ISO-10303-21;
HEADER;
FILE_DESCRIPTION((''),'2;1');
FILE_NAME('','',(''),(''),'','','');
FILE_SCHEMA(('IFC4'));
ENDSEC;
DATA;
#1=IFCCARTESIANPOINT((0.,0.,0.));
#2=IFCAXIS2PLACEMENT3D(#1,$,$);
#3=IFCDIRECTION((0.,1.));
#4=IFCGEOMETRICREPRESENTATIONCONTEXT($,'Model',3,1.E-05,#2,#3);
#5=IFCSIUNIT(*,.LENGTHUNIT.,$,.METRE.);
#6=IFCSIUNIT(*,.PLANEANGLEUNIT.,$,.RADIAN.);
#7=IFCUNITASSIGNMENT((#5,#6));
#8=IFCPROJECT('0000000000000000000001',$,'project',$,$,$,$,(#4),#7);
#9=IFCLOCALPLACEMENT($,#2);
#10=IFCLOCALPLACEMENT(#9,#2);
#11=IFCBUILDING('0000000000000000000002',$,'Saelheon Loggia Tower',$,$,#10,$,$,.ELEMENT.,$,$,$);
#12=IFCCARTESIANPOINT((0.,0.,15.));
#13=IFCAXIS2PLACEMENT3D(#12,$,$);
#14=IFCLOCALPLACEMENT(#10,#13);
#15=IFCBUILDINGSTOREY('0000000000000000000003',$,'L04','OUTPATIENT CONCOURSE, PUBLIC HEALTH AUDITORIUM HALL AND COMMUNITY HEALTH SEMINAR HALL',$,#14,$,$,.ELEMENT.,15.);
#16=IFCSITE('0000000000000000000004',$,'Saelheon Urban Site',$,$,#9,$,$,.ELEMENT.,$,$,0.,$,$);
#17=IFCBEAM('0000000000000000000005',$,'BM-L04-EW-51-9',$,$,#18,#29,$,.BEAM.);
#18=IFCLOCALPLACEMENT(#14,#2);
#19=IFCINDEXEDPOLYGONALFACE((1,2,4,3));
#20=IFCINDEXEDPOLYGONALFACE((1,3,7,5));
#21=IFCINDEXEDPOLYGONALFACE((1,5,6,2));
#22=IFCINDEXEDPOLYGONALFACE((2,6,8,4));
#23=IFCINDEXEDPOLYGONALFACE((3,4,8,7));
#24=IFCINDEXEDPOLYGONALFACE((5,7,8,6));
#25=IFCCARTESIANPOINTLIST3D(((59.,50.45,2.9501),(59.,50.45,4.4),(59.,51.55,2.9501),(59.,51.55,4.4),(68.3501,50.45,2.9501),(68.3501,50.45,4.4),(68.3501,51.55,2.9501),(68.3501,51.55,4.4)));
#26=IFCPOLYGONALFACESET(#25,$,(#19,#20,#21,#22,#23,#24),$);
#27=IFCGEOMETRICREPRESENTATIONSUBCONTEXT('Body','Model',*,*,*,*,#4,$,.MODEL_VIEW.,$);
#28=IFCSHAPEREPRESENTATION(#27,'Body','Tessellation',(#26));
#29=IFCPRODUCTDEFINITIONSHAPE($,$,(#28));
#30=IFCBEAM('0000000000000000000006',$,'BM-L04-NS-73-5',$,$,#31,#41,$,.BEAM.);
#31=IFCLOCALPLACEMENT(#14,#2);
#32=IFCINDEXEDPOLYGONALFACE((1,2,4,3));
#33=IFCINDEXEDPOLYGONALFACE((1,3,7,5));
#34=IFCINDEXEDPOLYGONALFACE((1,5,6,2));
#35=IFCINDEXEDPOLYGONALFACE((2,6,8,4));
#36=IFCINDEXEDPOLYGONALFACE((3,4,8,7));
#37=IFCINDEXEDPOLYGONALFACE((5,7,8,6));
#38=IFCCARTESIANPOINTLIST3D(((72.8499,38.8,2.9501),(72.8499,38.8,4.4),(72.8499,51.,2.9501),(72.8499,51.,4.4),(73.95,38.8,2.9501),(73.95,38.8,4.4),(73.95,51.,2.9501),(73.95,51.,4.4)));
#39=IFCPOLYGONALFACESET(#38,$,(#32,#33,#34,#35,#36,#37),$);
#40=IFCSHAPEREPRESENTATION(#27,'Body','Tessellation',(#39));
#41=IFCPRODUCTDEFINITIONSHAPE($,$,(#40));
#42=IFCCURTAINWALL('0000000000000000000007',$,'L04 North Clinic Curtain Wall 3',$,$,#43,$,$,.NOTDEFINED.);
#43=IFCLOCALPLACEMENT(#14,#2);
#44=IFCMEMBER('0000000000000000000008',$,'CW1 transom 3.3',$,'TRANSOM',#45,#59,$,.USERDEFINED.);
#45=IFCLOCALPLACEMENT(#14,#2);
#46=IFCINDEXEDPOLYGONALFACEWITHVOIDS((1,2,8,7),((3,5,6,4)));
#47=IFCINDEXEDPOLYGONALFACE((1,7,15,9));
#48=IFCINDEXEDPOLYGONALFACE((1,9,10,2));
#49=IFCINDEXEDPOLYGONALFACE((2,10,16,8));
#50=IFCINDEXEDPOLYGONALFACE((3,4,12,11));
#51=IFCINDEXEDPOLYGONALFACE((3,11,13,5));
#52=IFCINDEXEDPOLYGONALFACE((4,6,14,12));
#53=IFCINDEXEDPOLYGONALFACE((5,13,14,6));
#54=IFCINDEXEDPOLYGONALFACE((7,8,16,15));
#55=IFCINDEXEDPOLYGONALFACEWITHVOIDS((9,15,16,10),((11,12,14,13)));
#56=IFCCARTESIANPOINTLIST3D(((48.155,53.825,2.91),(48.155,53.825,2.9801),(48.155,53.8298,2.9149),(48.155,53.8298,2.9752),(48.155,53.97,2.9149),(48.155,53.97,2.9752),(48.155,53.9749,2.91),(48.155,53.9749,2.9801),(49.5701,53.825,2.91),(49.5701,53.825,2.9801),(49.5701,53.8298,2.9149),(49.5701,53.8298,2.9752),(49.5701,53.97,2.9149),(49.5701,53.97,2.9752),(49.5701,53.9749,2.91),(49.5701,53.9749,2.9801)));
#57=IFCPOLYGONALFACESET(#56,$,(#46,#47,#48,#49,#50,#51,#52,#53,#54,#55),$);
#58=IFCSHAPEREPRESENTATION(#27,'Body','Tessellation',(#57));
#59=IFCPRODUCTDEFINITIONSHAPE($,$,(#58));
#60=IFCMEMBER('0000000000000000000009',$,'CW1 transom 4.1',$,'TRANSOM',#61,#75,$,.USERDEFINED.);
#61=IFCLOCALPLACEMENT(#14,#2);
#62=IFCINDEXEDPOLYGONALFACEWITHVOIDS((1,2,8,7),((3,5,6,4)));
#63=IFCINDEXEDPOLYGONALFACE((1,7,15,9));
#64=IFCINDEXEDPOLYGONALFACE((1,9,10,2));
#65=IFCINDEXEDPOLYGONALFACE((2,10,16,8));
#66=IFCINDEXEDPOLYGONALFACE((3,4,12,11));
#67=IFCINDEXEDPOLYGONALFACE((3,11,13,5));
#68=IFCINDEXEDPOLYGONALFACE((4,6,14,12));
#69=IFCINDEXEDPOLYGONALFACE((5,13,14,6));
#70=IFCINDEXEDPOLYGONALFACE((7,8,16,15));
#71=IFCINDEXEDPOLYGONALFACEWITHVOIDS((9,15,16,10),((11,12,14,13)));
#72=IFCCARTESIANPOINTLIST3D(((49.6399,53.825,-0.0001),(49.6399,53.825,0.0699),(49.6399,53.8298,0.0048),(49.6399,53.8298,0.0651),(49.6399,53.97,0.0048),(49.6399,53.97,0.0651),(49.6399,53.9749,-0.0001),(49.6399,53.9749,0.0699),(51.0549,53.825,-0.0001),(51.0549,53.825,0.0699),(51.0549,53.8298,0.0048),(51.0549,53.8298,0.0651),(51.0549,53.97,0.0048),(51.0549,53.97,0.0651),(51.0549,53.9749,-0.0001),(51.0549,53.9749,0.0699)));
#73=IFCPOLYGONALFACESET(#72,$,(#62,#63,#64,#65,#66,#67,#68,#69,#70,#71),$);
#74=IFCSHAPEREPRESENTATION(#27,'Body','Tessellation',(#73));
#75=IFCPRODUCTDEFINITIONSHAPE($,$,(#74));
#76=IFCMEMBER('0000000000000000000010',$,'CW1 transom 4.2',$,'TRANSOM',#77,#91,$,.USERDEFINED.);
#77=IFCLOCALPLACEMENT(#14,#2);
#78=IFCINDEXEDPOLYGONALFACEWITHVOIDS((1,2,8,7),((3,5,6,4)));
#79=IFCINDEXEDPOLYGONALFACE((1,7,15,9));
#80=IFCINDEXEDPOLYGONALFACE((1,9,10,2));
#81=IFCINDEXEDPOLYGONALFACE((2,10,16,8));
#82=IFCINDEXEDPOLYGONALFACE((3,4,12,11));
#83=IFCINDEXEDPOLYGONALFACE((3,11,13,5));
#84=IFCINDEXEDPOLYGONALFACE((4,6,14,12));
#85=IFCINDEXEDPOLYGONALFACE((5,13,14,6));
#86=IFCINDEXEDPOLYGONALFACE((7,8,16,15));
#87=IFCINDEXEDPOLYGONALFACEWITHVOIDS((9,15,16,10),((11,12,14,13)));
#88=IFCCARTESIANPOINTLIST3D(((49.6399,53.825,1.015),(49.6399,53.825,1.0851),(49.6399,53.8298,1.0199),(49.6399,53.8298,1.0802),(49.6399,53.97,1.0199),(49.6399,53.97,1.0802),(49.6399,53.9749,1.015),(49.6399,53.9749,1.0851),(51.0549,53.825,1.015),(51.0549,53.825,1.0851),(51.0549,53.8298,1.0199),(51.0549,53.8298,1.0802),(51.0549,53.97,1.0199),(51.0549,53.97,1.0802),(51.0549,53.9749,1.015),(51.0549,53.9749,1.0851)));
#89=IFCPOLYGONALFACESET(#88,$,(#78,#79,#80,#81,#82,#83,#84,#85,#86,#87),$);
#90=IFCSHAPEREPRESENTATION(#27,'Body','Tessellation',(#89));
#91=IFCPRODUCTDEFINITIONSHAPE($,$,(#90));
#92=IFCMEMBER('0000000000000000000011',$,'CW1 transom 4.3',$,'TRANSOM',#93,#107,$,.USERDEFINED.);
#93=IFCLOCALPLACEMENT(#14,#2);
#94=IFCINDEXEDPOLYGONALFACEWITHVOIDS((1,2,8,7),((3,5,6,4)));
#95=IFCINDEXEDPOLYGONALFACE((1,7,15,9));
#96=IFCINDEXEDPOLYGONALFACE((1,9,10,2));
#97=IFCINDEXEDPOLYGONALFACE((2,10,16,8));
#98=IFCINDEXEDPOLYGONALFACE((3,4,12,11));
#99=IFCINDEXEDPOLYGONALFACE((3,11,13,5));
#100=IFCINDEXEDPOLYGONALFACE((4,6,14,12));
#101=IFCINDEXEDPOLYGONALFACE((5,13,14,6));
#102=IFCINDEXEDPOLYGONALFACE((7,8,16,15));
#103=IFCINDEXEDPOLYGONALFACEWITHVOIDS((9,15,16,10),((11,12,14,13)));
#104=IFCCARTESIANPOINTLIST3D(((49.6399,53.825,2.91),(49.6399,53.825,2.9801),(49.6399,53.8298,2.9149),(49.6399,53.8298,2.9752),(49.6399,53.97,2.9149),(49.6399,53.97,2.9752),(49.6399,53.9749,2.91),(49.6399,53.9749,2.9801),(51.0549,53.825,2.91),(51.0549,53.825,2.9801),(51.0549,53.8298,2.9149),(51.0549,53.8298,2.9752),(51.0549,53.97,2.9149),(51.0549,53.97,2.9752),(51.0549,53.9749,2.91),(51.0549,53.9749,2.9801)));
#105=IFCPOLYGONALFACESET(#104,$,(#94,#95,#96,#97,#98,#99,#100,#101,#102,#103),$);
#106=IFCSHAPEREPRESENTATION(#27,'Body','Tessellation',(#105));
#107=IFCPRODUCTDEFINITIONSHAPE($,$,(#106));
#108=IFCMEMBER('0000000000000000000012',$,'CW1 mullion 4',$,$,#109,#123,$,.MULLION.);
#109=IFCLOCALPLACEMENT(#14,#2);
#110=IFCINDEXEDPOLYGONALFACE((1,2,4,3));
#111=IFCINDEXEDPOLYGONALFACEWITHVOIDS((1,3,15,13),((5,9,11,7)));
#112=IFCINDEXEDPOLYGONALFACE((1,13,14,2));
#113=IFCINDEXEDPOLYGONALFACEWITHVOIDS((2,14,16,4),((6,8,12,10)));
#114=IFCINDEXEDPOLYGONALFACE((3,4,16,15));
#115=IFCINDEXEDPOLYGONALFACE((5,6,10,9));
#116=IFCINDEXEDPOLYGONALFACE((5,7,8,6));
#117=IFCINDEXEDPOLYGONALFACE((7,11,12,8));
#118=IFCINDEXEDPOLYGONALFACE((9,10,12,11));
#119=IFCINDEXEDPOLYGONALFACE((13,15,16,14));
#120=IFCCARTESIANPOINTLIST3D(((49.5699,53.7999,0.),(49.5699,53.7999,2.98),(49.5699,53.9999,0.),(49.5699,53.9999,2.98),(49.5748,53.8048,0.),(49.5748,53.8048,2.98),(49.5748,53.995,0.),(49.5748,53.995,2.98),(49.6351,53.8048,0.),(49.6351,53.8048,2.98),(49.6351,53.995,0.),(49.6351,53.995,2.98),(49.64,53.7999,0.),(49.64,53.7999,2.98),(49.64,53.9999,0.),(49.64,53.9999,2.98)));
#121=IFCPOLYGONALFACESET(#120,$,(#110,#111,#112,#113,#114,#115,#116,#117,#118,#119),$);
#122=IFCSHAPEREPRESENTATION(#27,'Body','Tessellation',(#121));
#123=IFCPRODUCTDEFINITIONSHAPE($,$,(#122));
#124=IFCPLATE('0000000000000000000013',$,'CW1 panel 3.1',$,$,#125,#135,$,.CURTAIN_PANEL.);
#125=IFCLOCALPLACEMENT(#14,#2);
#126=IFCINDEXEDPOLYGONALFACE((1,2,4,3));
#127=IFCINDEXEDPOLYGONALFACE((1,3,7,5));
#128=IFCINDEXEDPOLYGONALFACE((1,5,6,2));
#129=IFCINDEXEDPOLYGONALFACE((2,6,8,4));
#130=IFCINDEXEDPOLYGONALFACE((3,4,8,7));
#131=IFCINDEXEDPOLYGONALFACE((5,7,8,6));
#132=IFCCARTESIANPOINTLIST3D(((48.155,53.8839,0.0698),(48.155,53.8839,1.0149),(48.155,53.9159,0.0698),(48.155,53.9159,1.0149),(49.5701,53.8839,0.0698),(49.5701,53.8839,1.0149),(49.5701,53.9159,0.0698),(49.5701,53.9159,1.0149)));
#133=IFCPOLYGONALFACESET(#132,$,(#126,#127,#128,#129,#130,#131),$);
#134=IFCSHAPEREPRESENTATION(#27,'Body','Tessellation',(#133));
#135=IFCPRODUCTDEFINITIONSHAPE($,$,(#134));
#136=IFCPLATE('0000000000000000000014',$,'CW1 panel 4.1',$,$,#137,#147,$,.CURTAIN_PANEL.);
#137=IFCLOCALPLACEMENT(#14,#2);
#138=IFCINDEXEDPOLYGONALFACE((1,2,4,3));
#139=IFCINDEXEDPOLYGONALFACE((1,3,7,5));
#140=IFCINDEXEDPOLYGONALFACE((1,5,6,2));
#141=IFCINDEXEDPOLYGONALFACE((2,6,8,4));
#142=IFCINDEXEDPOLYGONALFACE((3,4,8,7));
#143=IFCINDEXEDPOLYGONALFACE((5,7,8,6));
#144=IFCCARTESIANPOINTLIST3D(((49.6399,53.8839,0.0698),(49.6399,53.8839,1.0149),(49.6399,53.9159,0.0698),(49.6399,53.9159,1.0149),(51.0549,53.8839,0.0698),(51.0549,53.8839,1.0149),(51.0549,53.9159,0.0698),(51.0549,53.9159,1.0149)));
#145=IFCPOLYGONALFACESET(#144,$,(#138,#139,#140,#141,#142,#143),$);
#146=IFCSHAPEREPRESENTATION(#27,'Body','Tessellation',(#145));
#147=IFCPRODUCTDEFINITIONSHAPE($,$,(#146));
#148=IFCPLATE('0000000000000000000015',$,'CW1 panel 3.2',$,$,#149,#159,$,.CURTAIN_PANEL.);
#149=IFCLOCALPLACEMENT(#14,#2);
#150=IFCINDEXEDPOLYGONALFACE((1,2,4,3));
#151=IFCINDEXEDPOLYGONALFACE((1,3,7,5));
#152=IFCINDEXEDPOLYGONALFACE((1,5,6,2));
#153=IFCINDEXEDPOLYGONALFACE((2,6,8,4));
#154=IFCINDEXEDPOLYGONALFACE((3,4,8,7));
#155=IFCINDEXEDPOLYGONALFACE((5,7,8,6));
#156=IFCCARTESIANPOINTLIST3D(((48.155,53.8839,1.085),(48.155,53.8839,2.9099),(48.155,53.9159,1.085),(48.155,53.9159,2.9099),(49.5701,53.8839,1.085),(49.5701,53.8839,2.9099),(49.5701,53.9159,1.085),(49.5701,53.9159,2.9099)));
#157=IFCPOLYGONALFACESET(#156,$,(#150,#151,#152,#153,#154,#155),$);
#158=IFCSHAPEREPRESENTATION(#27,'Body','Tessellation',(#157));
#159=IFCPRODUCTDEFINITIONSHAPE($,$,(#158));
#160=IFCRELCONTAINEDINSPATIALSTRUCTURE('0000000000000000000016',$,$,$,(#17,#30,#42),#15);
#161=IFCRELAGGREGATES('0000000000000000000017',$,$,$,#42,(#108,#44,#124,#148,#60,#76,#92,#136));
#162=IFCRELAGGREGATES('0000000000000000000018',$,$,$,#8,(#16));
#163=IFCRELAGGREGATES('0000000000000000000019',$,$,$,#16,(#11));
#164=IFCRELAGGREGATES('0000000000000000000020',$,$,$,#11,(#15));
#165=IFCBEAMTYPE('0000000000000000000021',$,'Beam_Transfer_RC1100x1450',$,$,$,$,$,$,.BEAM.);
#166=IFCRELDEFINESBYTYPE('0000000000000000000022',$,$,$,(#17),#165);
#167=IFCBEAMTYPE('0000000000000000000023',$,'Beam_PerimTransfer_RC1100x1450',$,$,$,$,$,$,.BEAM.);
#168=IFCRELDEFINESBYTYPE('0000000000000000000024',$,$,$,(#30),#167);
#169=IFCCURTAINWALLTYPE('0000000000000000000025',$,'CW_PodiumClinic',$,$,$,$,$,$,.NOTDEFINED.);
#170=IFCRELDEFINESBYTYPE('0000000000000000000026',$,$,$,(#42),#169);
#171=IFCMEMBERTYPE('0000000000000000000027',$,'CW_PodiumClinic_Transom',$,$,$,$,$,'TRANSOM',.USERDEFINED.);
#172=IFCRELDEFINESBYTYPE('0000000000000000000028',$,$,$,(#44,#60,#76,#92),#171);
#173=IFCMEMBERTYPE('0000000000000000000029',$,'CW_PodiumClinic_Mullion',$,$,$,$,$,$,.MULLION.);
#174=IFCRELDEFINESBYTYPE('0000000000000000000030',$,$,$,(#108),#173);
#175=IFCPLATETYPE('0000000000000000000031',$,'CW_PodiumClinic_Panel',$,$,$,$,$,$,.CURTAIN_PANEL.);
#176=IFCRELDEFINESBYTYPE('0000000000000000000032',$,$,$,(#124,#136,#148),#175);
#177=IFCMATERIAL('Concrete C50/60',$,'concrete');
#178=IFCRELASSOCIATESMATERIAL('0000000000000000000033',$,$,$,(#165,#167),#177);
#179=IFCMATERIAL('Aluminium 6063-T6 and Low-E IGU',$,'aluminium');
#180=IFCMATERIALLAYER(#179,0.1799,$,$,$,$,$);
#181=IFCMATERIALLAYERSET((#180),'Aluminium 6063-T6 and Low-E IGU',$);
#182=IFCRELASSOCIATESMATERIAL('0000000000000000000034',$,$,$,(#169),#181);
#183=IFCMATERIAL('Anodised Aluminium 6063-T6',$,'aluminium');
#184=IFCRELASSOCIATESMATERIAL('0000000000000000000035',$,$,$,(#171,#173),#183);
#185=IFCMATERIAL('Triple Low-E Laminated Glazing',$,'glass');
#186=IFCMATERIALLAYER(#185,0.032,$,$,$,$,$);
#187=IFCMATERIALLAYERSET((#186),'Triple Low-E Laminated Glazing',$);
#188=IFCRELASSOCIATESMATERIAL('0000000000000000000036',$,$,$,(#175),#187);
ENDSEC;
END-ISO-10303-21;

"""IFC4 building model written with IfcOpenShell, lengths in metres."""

from ifc_helpers import new_model, si_unit, direction, frame, origin, origin_2d, place, context, subcontext, project, spatial, rectangle, hollow_rectangle, extrude, source, transform, mapped, material, layer, layer_set, material_profile, profile_set, type_object, element, aggregate, save


model = new_model("IFC4")

# Units and contexts
model_context = context("Model", 3, precision=1e-05, world=origin(), true_north=direction((0.0, 1.0)))
body_context = subcontext(model_context, "Body", "Model", "MODEL_VIEW")
ifc_project = project(units=[si_unit("LENGTHUNIT", "METRE"), si_unit("PLANEANGLEUNIT", "RADIAN")], contexts=[model_context])

# Site, building, storey
site_placement = place(None, origin())
site = spatial("IfcSite", under=ifc_project, at=site_placement, Name="Saelheon Urban Site", CompositionType="ELEMENT", RefElevation=0.0)
building_placement = place(site_placement, origin())
building = spatial("IfcBuilding", under=site, at=building_placement, Name="Saelheon Loggia Tower", CompositionType="ELEMENT")
storey_placement = place(building_placement, frame((0.0, 0.0, 15.0)))
storey = spatial("IfcBuildingStorey", under=building, at=storey_placement, Name="L04", Description="OUTPATIENT CONCOURSE, PUBLIC HEALTH AUDITORIUM HALL AND COMMUNITY HEALTH SEMINAR HALL", CompositionType="ELEMENT", Elevation=15.0)

# Shared definitions
ifc_material_1 = material(Name="Concrete C50/60", Category="concrete")

# Beams
ifc_material_profile_1 = material_profile(ifc_material_1, rectangle(XDim=1.1001, YDim=1.45, at=origin_2d()), Name="RC-1100x1450")
ifc_profile_set_1 = profile_set([ifc_material_profile_1], Name="Concrete C50/60")
beam_type_1 = type_object("IfcBeamType", Name="Beam_Transfer_RC1100x1450", PredefinedType="BEAM", material=ifc_profile_set_1)
shared_shape_1 = source(origin(), body_context, "Body", "SweptSolid", [
    extrude(rectangle(XDim=1.1001, YDim=1.45, at=origin_2d()), origin(), (0.0, 0.0, 1.0), 9.3501),
])
beam_1_placement = place(storey_placement, frame((59.0, 51.0, 3.675), z_axis=(1.0, 0.0, 0.0), x_axis=(0.0, 1.0, 0.0)))
element("IfcBeam", 1, at=beam_1_placement, inside=storey, type_object=beam_type_1, Name="BM-L04-EW-51-9", PredefinedType="BEAM", context=body_context, shape_type="MappedRepresentation", body=[
    mapped(shared_shape_1, transform((0.0, 0.0, 0.0), scale=1.0)),
])
ifc_material_profile_2 = material_profile(ifc_material_1, rectangle(XDim=1.1001, YDim=1.45, at=origin_2d()), Name="RC-1100x1450")
ifc_profile_set_2 = profile_set([ifc_material_profile_2], Name="Concrete C50/60")
beam_type_2 = type_object("IfcBeamType", Name="Beam_PerimTransfer_RC1100x1450", PredefinedType="BEAM", material=ifc_profile_set_2)
shared_shape_2 = source(origin(), body_context, "Body", "SweptSolid", [
    extrude(rectangle(XDim=1.1001, YDim=1.45, at=origin_2d()), origin(), (0.0, 0.0, 1.0), 12.2),
])
beam_2_placement = place(storey_placement, frame((73.3999, 38.8, 3.675), z_axis=(0.0, 1.0, 0.0), x_axis=(-1.0, 0.0, 0.0)))
element("IfcBeam", 2, at=beam_2_placement, inside=storey, type_object=beam_type_2, Name="BM-L04-NS-73-5", PredefinedType="BEAM", context=body_context, shape_type="MappedRepresentation", body=[
    mapped(shared_shape_2, transform((0.0, 0.0, 0.0), scale=1.0)),
])

# Curtain wall, members, plates
ifc_material_2 = material(Name="Aluminium 6063-T6 and Low-E IGU", Category="aluminium")
ifc_layer_1 = layer(ifc_material_2, 0.1799)
ifc_layer_set_1 = layer_set([ifc_layer_1], Name="Aluminium 6063-T6 and Low-E IGU")
curtain_wall_type = type_object("IfcCurtainWallType", Name="CW_PodiumClinic", PredefinedType="NOTDEFINED", material=ifc_layer_set_1)
curtain_wall_placement = place(storey_placement, origin())
curtain_wall = element("IfcCurtainWall", 3, at=curtain_wall_placement, inside=storey, type_object=curtain_wall_type, Name="L04 North Clinic Curtain Wall 3", PredefinedType="NOTDEFINED")
ifc_material_3 = material(Name="Anodised Aluminium 6063-T6", Category="aluminium")
ifc_material_profile_3 = material_profile(ifc_material_3, hollow_rectangle(XDim=0.0701, YDim=0.1499, WallThickness=0.0049, at=origin_2d()), Name="RHS-150x70x5")
ifc_profile_set_3 = profile_set([ifc_material_profile_3], Name="Anodised Aluminium 6063-T6")
member_type_1 = type_object("IfcMemberType", Name="CW_PodiumClinic_Transom", ElementType="TRANSOM", PredefinedType="USERDEFINED", material=ifc_profile_set_3)
shared_shape_3 = source(origin(), body_context, "Body", "SweptSolid", [
    extrude(hollow_rectangle(XDim=0.0701, YDim=0.1499, WallThickness=0.0049, at=origin_2d()), origin(), (0.0, 0.0, 1.0), 1.415),
])
member_1_placement = place(storey_placement, frame((48.155, 53.8999, 2.9451), z_axis=(1.0, 0.0, 0.0), x_axis=(0.0, 0.0, 1.0)))
member_1 = element("IfcMember", 4, at=member_1_placement, type_object=member_type_1, Name="CW1 transom 3.3", ObjectType="TRANSOM", PredefinedType="USERDEFINED", context=body_context, shape_type="MappedRepresentation", body=[
    mapped(shared_shape_3, transform((0.0, 0.0, 0.0), scale=1.0)),
])
member_2_placement = place(storey_placement, frame((49.6399, 53.8999, 0.0349), z_axis=(1.0, 0.0, 0.0), x_axis=(0.0, 0.0, 1.0)))
member_2 = element("IfcMember", 5, at=member_2_placement, type_object=member_type_1, Name="CW1 transom 4.1", ObjectType="TRANSOM", PredefinedType="USERDEFINED", context=body_context, shape_type="MappedRepresentation", body=[
    mapped(shared_shape_3, transform((0.0, 0.0, 0.0), scale=1.0)),
])
member_3_placement = place(storey_placement, frame((49.6399, 53.8999, 1.05), z_axis=(1.0, 0.0, 0.0), x_axis=(0.0, 0.0, 1.0)))
member_3 = element("IfcMember", 6, at=member_3_placement, type_object=member_type_1, Name="CW1 transom 4.2", ObjectType="TRANSOM", PredefinedType="USERDEFINED", context=body_context, shape_type="MappedRepresentation", body=[
    mapped(shared_shape_3, transform((0.0, 0.0, 0.0), scale=1.0)),
])
member_4_placement = place(storey_placement, frame((49.6399, 53.8999, 2.9451), z_axis=(1.0, 0.0, 0.0), x_axis=(0.0, 0.0, 1.0)))
member_4 = element("IfcMember", 7, at=member_4_placement, type_object=member_type_1, Name="CW1 transom 4.3", ObjectType="TRANSOM", PredefinedType="USERDEFINED", context=body_context, shape_type="MappedRepresentation", body=[
    mapped(shared_shape_3, transform((0.0, 0.0, 0.0), scale=1.0)),
])
ifc_material_profile_4 = material_profile(ifc_material_3, hollow_rectangle(XDim=0.0701, YDim=0.2, WallThickness=0.0049, at=origin_2d()), Name="RHS-200x70x5")
ifc_profile_set_4 = profile_set([ifc_material_profile_4], Name="Anodised Aluminium 6063-T6")
member_type_2 = type_object("IfcMemberType", Name="CW_PodiumClinic_Mullion", PredefinedType="MULLION", material=ifc_profile_set_4)
shared_shape_4 = source(origin(), body_context, "Body", "SweptSolid", [
    extrude(hollow_rectangle(XDim=0.0701, YDim=0.2, WallThickness=0.0049, at=origin_2d()), origin(), (0.0, 0.0, 1.0), 2.98),
])
member_5_placement = place(storey_placement, frame((49.605, 53.8999, 0.0), z_axis=(0.0, 0.0, 1.0), x_axis=(1.0, 0.0, 0.0)))
member_5 = element("IfcMember", 8, at=member_5_placement, type_object=member_type_2, Name="CW1 mullion 4", PredefinedType="MULLION", context=body_context, shape_type="MappedRepresentation", body=[
    mapped(shared_shape_4, transform((0.0, 0.0, 0.0), scale=1.0)),
])
ifc_material_4 = material(Name="Triple Low-E Laminated Glazing", Category="glass")
ifc_layer_2 = layer(ifc_material_4, 0.032)
ifc_layer_set_2 = layer_set([ifc_layer_2], Name="Triple Low-E Laminated Glazing")
plate_type = type_object("IfcPlateType", Name="CW_PodiumClinic_Panel", PredefinedType="CURTAIN_PANEL", material=ifc_layer_set_2)
shared_shape_5 = source(origin(), body_context, "Body", "SweptSolid", [
    extrude(rectangle(XDim=1.415, YDim=0.032, at=origin_2d()), origin(), (0.0, 0.0, 1.0), 0.9451),
])
plate_1_placement = place(storey_placement, frame((48.8625, 53.8999, 0.0698), z_axis=(0.0, 0.0, 1.0), x_axis=(1.0, 0.0, 0.0)))
plate_1 = element("IfcPlate", 9, at=plate_1_placement, type_object=plate_type, Name="CW1 panel 3.1", PredefinedType="CURTAIN_PANEL", context=body_context, shape_type="MappedRepresentation", body=[
    mapped(shared_shape_5, transform((0.0, 0.0, 0.0), scale=1.0)),
])
plate_2_placement = place(storey_placement, frame((50.3474, 53.8999, 0.0698), z_axis=(0.0, 0.0, 1.0), x_axis=(1.0, 0.0, 0.0)))
plate_2 = element("IfcPlate", 10, at=plate_2_placement, type_object=plate_type, Name="CW1 panel 4.1", PredefinedType="CURTAIN_PANEL", context=body_context, shape_type="MappedRepresentation", body=[
    mapped(shared_shape_5, transform((0.0, 0.0, 0.0), scale=1.0)),
])
shared_shape_6 = source(origin(), body_context, "Body", "SweptSolid", [
    extrude(rectangle(XDim=1.415, YDim=0.032, at=origin_2d()), origin(), (0.0, 0.0, 1.0), 1.825),
])
plate_3_placement = place(storey_placement, frame((48.8625, 53.8999, 1.085), z_axis=(0.0, 0.0, 1.0), x_axis=(1.0, 0.0, 0.0)))
plate_3 = element("IfcPlate", 11, at=plate_3_placement, type_object=plate_type, Name="CW1 panel 3.2", PredefinedType="CURTAIN_PANEL", context=body_context, shape_type="MappedRepresentation", body=[
    mapped(shared_shape_6, transform((0.0, 0.0, 0.0), scale=1.0)),
])
aggregate(curtain_wall, [member_5, member_1, plate_1, plate_3, member_2, member_3, member_4, plate_2])

save(model, "model.ifc")
